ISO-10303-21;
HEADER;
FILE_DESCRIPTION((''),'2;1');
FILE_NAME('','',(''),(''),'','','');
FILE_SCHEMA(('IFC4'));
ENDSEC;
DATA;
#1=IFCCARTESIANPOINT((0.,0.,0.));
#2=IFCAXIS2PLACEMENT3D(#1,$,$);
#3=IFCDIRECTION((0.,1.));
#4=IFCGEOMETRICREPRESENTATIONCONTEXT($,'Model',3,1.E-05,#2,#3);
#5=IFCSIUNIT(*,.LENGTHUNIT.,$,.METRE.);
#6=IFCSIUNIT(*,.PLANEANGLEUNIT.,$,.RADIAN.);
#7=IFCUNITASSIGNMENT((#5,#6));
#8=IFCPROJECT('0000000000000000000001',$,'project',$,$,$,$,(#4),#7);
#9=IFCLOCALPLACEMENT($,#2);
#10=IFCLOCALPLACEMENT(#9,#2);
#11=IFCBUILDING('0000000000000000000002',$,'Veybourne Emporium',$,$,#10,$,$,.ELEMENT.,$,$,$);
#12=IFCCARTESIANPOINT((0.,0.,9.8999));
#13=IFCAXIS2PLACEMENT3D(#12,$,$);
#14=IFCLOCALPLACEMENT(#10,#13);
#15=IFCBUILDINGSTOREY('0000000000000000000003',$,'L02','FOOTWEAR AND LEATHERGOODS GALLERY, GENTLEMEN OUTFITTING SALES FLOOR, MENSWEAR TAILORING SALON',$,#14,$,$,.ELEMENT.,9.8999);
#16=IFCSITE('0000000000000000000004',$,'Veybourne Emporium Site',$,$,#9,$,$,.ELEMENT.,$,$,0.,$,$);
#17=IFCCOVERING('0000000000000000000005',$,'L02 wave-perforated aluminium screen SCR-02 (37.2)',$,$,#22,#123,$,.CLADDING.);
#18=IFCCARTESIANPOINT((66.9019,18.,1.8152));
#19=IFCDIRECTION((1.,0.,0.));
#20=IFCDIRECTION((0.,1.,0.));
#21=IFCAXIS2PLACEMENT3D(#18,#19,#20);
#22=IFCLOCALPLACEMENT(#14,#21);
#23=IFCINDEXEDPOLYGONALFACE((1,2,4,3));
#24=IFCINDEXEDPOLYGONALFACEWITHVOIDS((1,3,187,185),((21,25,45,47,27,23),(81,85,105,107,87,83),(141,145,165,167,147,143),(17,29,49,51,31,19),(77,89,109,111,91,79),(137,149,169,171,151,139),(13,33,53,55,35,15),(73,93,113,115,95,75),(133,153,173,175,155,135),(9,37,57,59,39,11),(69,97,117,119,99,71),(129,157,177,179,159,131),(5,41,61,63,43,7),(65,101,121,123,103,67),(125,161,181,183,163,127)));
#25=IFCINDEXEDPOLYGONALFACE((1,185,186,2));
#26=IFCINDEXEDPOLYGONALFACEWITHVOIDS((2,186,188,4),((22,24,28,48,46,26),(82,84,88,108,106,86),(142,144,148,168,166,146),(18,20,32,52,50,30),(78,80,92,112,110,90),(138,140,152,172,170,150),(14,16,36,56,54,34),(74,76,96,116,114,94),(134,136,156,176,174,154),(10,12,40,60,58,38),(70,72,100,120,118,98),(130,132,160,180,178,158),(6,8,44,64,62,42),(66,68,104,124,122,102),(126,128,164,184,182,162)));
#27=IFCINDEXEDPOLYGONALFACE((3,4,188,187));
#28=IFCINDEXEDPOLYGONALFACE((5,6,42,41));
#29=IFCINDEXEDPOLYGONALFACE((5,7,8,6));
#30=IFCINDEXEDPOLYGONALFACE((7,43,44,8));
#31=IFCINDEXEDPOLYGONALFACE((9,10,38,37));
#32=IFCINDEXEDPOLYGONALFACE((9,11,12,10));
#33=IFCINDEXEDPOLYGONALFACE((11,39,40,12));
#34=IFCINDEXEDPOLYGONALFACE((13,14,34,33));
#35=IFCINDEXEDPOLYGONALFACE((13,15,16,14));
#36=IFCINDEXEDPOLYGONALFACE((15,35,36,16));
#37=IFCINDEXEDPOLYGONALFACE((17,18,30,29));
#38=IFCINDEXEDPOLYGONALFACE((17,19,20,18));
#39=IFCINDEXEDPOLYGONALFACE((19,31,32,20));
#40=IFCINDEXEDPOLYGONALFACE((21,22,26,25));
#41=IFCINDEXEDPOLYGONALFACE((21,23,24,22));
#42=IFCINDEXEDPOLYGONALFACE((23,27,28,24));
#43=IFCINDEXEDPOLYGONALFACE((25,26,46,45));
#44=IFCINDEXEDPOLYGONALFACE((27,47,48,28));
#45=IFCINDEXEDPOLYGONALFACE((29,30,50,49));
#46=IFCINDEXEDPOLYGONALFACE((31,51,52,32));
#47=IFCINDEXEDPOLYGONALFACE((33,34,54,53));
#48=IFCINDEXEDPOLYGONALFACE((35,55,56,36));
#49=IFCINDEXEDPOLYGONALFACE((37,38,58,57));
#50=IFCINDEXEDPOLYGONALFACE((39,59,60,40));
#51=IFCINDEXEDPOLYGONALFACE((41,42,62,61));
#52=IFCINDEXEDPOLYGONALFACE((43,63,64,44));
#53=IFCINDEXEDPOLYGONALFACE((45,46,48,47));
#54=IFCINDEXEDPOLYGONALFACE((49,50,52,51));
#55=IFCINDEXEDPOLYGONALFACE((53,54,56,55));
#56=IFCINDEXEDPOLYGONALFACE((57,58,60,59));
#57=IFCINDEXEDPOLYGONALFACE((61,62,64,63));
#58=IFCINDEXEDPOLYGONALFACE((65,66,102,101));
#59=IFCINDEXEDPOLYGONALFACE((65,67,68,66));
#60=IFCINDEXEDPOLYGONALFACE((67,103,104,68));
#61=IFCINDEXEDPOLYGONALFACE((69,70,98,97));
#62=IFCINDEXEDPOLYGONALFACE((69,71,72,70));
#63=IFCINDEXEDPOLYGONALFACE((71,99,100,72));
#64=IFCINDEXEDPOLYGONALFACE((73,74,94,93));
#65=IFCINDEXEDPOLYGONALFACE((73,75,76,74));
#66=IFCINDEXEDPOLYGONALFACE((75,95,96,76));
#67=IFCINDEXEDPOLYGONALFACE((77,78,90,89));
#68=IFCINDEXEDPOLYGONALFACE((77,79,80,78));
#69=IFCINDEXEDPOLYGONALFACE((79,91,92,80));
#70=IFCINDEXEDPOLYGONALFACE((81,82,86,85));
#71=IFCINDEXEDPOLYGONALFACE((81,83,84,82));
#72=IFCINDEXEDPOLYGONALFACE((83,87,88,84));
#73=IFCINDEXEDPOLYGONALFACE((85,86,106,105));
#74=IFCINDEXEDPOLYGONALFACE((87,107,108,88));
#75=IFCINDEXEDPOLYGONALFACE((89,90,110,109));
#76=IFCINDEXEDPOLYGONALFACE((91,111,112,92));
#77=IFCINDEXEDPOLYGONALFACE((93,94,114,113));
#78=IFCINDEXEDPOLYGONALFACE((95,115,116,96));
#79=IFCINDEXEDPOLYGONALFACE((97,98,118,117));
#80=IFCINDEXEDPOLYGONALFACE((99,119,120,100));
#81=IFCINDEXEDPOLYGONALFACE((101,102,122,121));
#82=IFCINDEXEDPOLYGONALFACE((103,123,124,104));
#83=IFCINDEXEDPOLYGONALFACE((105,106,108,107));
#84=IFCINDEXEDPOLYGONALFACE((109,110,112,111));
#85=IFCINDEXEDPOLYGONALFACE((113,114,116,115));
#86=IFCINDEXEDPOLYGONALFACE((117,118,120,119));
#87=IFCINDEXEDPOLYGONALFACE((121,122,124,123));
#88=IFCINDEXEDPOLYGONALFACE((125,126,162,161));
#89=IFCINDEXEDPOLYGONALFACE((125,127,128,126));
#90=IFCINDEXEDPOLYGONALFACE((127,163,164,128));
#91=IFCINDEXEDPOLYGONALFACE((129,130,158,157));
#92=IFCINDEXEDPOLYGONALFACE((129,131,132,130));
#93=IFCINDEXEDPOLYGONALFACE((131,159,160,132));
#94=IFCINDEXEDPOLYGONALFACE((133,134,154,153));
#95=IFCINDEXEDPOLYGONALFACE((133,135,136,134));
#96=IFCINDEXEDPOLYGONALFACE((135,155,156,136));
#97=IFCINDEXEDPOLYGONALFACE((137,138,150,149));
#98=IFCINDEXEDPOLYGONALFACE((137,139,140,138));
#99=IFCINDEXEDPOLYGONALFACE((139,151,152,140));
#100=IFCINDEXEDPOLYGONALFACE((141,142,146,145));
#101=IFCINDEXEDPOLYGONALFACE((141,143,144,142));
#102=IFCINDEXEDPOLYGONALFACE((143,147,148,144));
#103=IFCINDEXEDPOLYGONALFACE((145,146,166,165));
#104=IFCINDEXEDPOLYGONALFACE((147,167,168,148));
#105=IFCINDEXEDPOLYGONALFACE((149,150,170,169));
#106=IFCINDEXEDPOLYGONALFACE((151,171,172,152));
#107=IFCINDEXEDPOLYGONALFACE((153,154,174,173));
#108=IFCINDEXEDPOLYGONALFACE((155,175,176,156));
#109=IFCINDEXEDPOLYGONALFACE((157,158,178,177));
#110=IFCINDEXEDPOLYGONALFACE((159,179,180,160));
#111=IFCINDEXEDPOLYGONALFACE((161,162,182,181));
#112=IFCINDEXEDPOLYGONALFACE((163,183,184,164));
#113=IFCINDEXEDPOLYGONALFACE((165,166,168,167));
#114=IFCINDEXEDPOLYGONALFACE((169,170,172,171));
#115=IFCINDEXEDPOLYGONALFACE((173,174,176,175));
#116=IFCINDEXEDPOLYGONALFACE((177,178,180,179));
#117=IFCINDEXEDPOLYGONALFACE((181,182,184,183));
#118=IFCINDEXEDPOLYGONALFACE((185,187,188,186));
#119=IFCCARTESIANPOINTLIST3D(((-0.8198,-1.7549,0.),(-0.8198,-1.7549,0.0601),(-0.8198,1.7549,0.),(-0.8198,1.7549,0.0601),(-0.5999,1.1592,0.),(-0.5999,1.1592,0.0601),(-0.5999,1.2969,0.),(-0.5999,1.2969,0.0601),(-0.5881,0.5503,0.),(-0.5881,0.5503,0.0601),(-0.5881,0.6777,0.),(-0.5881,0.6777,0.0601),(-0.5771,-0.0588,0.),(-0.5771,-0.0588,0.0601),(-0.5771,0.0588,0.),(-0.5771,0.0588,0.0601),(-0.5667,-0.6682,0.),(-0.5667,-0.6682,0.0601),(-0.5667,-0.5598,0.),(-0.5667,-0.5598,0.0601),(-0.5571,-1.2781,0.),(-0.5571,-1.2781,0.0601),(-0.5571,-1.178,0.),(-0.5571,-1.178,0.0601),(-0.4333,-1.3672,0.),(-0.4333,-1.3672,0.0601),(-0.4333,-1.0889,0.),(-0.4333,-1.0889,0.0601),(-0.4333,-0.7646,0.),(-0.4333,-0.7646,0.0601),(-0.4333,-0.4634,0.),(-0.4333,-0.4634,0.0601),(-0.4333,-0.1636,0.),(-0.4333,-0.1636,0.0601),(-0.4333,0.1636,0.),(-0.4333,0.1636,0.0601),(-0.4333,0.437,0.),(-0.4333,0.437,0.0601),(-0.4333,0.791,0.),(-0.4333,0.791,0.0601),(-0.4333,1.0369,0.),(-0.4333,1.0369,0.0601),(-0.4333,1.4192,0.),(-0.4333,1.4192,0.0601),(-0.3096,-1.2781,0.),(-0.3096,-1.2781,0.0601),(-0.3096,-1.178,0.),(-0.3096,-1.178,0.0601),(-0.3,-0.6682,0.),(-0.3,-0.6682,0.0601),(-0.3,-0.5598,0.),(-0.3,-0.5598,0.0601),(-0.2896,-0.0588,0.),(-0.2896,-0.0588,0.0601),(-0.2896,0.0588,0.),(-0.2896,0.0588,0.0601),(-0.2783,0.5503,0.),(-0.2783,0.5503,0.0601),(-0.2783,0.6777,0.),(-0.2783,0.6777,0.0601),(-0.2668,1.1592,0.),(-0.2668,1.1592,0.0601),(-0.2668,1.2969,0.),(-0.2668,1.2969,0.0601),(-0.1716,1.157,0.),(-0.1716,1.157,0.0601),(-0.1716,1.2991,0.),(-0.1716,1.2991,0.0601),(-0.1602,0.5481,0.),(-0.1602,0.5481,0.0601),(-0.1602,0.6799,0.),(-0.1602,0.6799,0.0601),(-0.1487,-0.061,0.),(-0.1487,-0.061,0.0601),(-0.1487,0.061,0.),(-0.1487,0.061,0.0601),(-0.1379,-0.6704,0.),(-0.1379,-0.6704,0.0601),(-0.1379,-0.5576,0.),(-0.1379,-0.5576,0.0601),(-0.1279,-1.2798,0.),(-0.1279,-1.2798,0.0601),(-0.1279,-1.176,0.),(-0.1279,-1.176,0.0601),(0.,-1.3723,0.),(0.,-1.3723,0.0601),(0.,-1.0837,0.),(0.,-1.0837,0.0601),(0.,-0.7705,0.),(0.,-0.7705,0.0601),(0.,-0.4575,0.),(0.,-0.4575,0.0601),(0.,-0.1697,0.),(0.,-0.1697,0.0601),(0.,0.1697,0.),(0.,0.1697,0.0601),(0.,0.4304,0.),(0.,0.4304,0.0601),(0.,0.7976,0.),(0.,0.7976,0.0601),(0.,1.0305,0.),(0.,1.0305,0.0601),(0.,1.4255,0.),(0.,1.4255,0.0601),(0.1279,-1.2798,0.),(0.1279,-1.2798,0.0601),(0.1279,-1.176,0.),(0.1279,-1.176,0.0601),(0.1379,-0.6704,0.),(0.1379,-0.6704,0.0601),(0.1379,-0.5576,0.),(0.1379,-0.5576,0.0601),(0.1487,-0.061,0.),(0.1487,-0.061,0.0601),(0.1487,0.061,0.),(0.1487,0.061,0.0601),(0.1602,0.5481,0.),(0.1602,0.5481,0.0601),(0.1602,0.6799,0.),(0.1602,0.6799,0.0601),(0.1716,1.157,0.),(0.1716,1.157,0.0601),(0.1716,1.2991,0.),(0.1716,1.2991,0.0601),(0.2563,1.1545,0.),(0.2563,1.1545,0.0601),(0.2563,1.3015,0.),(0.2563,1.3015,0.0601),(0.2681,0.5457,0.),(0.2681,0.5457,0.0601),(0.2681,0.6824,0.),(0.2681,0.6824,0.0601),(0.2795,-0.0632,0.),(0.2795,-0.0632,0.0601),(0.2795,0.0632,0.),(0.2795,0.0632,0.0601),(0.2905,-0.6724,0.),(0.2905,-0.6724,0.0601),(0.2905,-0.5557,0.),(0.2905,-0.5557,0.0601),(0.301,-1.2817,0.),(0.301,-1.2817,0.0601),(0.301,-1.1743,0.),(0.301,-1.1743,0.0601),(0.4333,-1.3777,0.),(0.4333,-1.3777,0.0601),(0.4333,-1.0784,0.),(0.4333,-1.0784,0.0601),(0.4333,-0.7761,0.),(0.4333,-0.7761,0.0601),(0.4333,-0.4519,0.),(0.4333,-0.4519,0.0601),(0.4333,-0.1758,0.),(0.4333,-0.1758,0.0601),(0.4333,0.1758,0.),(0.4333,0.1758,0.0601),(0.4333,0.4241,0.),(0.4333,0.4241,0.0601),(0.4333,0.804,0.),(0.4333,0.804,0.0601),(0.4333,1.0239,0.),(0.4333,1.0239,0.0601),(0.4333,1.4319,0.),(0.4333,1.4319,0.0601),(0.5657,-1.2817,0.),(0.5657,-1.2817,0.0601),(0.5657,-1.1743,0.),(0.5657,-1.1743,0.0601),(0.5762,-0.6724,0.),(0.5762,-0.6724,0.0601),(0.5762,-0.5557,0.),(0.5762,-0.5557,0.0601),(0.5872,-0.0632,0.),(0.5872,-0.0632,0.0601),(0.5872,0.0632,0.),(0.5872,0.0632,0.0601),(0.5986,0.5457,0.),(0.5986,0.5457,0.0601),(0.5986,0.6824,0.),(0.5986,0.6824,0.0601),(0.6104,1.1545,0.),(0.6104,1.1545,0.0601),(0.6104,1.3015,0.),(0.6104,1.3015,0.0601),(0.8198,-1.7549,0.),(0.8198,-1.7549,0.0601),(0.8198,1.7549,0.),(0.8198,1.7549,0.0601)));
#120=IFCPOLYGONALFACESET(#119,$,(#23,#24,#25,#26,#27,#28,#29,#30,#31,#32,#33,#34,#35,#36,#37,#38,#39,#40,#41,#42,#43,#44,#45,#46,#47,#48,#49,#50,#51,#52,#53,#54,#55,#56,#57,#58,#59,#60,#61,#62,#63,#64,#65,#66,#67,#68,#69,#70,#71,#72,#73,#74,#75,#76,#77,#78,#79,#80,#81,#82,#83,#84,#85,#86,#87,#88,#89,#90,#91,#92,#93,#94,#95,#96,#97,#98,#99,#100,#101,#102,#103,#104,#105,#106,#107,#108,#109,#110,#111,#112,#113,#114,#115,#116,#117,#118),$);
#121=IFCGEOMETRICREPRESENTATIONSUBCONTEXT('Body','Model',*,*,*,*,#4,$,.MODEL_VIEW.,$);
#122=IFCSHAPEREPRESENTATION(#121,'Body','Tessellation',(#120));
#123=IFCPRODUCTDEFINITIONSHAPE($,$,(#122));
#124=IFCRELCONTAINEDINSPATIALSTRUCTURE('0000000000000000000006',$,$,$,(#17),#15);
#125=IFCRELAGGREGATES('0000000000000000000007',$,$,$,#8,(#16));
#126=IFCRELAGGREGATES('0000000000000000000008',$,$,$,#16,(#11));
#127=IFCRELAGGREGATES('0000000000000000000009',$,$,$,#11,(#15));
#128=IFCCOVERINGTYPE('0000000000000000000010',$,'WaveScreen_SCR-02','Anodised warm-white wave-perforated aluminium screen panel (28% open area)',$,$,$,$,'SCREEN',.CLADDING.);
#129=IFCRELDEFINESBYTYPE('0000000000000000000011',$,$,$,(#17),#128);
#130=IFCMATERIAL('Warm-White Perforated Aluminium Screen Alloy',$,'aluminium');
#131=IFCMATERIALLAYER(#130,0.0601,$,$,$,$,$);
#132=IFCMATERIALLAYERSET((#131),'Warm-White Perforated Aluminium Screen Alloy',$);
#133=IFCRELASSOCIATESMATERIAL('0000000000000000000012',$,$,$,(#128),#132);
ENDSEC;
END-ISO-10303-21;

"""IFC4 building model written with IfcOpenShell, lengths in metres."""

from ifc_helpers import new_model, si_unit, direction, frame, origin, place, context, subcontext, project, spatial, polyline, outline, extrude, material, layer, layer_set, type_object, element, save


model = new_model("IFC4")

# Units and contexts
model_context = context("Model", 3, precision=1e-05, world=origin(), true_north=direction((0.0, 1.0)))
body_context = subcontext(model_context, "Body", "Model", "MODEL_VIEW")
ifc_project = project(units=[si_unit("LENGTHUNIT", "METRE"), si_unit("PLANEANGLEUNIT", "RADIAN")], contexts=[model_context])

# Site, building, storey
site_placement = place(None, origin())
site = spatial("IfcSite", under=ifc_project, at=site_placement, Name="Veybourne Emporium Site", CompositionType="ELEMENT", RefElevation=0.0)
building_placement = place(site_placement, origin())
building = spatial("IfcBuilding", under=site, at=building_placement, Name="Veybourne Emporium", CompositionType="ELEMENT")
storey_placement = place(building_placement, frame((0.0, 0.0, 9.8999)))
storey = spatial("IfcBuildingStorey", under=building, at=storey_placement, Name="L02", Description="FOOTWEAR AND LEATHERGOODS GALLERY, GENTLEMEN OUTFITTING SALES FLOOR, MENSWEAR TAILORING SALON", CompositionType="ELEMENT", Elevation=9.8999)

# Covering
ifc_material_1 = material(Name="Warm-White Perforated Aluminium Screen Alloy", Category="aluminium")
ifc_layer_1 = layer(ifc_material_1, 0.0601)
ifc_layer_set_1 = layer_set([ifc_layer_1], Name="Warm-White Perforated Aluminium Screen Alloy")
covering_type_1 = type_object("IfcCoveringType", Name="WaveScreen_SCR-02", Description="Anodised warm-white wave-perforated aluminium screen panel (28% open area)", ElementType="SCREEN", PredefinedType="CLADDING", material=ifc_layer_set_1)
covering_1_placement = place(storey_placement, frame((66.9019, 18.0, 1.8152), z_axis=(1.0, 0.0, 0.0), x_axis=(0.0, 1.0, 0.0)))
element("IfcCovering", 1, at=covering_1_placement, inside=storey, type_object=covering_type_1, Name="L02 wave-perforated aluminium screen SCR-02 (37.2)", PredefinedType="CLADDING", context=body_context, shape_type="SweptSolid", body=[
    extrude(outline(polyline([(-0.8198, -1.7549), (0.8198, -1.7549), (0.8198, 1.7549), (-0.8198, 1.7549), (-0.8198, -1.7549)]), holes=[polyline([(-0.4333, -1.0889), (-0.3096, -1.178), (-0.3096, -1.2781), (-0.4333, -1.3672), (-0.5571, -1.2781), (-0.5571, -1.178), (-0.4333, -1.0889)]), polyline([(-0.4333, -0.4634), (-0.3, -0.5598), (-0.3, -0.6682), (-0.4333, -0.7646), (-0.5667, -0.6682), (-0.5667, -0.5598), (-0.4333, -0.4634)]), polyline([(-0.4333, 0.1636), (-0.2896, 0.0588), (-0.2896, -0.0588), (-0.4333, -0.1636), (-0.5771, -0.0588), (-0.5771, 0.0588), (-0.4333, 0.1636)]), polyline([(-0.4333, 0.791), (-0.2783, 0.6777), (-0.2783, 0.5503), (-0.4333, 0.437), (-0.5881, 0.5503), (-0.5881, 0.6777), (-0.4333, 0.791)]), polyline([(-0.4333, 1.4192), (-0.2668, 1.2969), (-0.2668, 1.1592), (-0.4333, 1.0369), (-0.5999, 1.1592), (-0.5999, 1.2969), (-0.4333, 1.4192)]), polyline([(0.0, -1.0837), (0.1279, -1.176), (0.1279, -1.2798), (0.0, -1.3723), (-0.1279, -1.2798), (-0.1279, -1.176), (0.0, -1.0837)]), polyline([(0.0, -0.4575), (0.1379, -0.5576), (0.1379, -0.6704), (0.0, -0.7705), (-0.1379, -0.6704), (-0.1379, -0.5576), (0.0, -0.4575)]), polyline([(0.0, 0.1697), (0.1487, 0.061), (0.1487, -0.061), (0.0, -0.1697), (-0.1487, -0.061), (-0.1487, 0.061), (0.0, 0.1697)]), polyline([(0.0, 0.7976), (0.1602, 0.6799), (0.1602, 0.5481), (0.0, 0.4304), (-0.1602, 0.5481), (-0.1602, 0.6799), (0.0, 0.7976)]), polyline([(0.0, 1.4255), (0.1716, 1.2991), (0.1716, 1.157), (0.0, 1.0305), (-0.1716, 1.157), (-0.1716, 1.2991), (0.0, 1.4255)]), polyline([(0.4333, -1.0784), (0.5657, -1.1743), (0.5657, -1.2817), (0.4333, -1.3777), (0.301, -1.2817), (0.301, -1.1743), (0.4333, -1.0784)]), polyline([(0.4333, -0.4519), (0.5762, -0.5557), (0.5762, -0.6724), (0.4333, -0.7761), (0.2905, -0.6724), (0.2905, -0.5557), (0.4333, -0.4519)]), polyline([(0.4333, 0.1758), (0.5872, 0.0632), (0.5872, -0.0632), (0.4333, -0.1758), (0.2795, -0.0632), (0.2795, 0.0632), (0.4333, 0.1758)]), polyline([(0.4333, 0.804), (0.5986, 0.6824), (0.5986, 0.5457), (0.4333, 0.4241), (0.2681, 0.5457), (0.2681, 0.6824), (0.4333, 0.804)]), polyline([(0.4333, 1.4319), (0.6104, 1.3015), (0.6104, 1.1545), (0.4333, 1.0239), (0.2563, 1.1545), (0.2563, 1.3015), (0.4333, 1.4319)])]), origin(), (0.0, 0.0, 1.0), 0.0601),
])

save(model, "model.ifc")
